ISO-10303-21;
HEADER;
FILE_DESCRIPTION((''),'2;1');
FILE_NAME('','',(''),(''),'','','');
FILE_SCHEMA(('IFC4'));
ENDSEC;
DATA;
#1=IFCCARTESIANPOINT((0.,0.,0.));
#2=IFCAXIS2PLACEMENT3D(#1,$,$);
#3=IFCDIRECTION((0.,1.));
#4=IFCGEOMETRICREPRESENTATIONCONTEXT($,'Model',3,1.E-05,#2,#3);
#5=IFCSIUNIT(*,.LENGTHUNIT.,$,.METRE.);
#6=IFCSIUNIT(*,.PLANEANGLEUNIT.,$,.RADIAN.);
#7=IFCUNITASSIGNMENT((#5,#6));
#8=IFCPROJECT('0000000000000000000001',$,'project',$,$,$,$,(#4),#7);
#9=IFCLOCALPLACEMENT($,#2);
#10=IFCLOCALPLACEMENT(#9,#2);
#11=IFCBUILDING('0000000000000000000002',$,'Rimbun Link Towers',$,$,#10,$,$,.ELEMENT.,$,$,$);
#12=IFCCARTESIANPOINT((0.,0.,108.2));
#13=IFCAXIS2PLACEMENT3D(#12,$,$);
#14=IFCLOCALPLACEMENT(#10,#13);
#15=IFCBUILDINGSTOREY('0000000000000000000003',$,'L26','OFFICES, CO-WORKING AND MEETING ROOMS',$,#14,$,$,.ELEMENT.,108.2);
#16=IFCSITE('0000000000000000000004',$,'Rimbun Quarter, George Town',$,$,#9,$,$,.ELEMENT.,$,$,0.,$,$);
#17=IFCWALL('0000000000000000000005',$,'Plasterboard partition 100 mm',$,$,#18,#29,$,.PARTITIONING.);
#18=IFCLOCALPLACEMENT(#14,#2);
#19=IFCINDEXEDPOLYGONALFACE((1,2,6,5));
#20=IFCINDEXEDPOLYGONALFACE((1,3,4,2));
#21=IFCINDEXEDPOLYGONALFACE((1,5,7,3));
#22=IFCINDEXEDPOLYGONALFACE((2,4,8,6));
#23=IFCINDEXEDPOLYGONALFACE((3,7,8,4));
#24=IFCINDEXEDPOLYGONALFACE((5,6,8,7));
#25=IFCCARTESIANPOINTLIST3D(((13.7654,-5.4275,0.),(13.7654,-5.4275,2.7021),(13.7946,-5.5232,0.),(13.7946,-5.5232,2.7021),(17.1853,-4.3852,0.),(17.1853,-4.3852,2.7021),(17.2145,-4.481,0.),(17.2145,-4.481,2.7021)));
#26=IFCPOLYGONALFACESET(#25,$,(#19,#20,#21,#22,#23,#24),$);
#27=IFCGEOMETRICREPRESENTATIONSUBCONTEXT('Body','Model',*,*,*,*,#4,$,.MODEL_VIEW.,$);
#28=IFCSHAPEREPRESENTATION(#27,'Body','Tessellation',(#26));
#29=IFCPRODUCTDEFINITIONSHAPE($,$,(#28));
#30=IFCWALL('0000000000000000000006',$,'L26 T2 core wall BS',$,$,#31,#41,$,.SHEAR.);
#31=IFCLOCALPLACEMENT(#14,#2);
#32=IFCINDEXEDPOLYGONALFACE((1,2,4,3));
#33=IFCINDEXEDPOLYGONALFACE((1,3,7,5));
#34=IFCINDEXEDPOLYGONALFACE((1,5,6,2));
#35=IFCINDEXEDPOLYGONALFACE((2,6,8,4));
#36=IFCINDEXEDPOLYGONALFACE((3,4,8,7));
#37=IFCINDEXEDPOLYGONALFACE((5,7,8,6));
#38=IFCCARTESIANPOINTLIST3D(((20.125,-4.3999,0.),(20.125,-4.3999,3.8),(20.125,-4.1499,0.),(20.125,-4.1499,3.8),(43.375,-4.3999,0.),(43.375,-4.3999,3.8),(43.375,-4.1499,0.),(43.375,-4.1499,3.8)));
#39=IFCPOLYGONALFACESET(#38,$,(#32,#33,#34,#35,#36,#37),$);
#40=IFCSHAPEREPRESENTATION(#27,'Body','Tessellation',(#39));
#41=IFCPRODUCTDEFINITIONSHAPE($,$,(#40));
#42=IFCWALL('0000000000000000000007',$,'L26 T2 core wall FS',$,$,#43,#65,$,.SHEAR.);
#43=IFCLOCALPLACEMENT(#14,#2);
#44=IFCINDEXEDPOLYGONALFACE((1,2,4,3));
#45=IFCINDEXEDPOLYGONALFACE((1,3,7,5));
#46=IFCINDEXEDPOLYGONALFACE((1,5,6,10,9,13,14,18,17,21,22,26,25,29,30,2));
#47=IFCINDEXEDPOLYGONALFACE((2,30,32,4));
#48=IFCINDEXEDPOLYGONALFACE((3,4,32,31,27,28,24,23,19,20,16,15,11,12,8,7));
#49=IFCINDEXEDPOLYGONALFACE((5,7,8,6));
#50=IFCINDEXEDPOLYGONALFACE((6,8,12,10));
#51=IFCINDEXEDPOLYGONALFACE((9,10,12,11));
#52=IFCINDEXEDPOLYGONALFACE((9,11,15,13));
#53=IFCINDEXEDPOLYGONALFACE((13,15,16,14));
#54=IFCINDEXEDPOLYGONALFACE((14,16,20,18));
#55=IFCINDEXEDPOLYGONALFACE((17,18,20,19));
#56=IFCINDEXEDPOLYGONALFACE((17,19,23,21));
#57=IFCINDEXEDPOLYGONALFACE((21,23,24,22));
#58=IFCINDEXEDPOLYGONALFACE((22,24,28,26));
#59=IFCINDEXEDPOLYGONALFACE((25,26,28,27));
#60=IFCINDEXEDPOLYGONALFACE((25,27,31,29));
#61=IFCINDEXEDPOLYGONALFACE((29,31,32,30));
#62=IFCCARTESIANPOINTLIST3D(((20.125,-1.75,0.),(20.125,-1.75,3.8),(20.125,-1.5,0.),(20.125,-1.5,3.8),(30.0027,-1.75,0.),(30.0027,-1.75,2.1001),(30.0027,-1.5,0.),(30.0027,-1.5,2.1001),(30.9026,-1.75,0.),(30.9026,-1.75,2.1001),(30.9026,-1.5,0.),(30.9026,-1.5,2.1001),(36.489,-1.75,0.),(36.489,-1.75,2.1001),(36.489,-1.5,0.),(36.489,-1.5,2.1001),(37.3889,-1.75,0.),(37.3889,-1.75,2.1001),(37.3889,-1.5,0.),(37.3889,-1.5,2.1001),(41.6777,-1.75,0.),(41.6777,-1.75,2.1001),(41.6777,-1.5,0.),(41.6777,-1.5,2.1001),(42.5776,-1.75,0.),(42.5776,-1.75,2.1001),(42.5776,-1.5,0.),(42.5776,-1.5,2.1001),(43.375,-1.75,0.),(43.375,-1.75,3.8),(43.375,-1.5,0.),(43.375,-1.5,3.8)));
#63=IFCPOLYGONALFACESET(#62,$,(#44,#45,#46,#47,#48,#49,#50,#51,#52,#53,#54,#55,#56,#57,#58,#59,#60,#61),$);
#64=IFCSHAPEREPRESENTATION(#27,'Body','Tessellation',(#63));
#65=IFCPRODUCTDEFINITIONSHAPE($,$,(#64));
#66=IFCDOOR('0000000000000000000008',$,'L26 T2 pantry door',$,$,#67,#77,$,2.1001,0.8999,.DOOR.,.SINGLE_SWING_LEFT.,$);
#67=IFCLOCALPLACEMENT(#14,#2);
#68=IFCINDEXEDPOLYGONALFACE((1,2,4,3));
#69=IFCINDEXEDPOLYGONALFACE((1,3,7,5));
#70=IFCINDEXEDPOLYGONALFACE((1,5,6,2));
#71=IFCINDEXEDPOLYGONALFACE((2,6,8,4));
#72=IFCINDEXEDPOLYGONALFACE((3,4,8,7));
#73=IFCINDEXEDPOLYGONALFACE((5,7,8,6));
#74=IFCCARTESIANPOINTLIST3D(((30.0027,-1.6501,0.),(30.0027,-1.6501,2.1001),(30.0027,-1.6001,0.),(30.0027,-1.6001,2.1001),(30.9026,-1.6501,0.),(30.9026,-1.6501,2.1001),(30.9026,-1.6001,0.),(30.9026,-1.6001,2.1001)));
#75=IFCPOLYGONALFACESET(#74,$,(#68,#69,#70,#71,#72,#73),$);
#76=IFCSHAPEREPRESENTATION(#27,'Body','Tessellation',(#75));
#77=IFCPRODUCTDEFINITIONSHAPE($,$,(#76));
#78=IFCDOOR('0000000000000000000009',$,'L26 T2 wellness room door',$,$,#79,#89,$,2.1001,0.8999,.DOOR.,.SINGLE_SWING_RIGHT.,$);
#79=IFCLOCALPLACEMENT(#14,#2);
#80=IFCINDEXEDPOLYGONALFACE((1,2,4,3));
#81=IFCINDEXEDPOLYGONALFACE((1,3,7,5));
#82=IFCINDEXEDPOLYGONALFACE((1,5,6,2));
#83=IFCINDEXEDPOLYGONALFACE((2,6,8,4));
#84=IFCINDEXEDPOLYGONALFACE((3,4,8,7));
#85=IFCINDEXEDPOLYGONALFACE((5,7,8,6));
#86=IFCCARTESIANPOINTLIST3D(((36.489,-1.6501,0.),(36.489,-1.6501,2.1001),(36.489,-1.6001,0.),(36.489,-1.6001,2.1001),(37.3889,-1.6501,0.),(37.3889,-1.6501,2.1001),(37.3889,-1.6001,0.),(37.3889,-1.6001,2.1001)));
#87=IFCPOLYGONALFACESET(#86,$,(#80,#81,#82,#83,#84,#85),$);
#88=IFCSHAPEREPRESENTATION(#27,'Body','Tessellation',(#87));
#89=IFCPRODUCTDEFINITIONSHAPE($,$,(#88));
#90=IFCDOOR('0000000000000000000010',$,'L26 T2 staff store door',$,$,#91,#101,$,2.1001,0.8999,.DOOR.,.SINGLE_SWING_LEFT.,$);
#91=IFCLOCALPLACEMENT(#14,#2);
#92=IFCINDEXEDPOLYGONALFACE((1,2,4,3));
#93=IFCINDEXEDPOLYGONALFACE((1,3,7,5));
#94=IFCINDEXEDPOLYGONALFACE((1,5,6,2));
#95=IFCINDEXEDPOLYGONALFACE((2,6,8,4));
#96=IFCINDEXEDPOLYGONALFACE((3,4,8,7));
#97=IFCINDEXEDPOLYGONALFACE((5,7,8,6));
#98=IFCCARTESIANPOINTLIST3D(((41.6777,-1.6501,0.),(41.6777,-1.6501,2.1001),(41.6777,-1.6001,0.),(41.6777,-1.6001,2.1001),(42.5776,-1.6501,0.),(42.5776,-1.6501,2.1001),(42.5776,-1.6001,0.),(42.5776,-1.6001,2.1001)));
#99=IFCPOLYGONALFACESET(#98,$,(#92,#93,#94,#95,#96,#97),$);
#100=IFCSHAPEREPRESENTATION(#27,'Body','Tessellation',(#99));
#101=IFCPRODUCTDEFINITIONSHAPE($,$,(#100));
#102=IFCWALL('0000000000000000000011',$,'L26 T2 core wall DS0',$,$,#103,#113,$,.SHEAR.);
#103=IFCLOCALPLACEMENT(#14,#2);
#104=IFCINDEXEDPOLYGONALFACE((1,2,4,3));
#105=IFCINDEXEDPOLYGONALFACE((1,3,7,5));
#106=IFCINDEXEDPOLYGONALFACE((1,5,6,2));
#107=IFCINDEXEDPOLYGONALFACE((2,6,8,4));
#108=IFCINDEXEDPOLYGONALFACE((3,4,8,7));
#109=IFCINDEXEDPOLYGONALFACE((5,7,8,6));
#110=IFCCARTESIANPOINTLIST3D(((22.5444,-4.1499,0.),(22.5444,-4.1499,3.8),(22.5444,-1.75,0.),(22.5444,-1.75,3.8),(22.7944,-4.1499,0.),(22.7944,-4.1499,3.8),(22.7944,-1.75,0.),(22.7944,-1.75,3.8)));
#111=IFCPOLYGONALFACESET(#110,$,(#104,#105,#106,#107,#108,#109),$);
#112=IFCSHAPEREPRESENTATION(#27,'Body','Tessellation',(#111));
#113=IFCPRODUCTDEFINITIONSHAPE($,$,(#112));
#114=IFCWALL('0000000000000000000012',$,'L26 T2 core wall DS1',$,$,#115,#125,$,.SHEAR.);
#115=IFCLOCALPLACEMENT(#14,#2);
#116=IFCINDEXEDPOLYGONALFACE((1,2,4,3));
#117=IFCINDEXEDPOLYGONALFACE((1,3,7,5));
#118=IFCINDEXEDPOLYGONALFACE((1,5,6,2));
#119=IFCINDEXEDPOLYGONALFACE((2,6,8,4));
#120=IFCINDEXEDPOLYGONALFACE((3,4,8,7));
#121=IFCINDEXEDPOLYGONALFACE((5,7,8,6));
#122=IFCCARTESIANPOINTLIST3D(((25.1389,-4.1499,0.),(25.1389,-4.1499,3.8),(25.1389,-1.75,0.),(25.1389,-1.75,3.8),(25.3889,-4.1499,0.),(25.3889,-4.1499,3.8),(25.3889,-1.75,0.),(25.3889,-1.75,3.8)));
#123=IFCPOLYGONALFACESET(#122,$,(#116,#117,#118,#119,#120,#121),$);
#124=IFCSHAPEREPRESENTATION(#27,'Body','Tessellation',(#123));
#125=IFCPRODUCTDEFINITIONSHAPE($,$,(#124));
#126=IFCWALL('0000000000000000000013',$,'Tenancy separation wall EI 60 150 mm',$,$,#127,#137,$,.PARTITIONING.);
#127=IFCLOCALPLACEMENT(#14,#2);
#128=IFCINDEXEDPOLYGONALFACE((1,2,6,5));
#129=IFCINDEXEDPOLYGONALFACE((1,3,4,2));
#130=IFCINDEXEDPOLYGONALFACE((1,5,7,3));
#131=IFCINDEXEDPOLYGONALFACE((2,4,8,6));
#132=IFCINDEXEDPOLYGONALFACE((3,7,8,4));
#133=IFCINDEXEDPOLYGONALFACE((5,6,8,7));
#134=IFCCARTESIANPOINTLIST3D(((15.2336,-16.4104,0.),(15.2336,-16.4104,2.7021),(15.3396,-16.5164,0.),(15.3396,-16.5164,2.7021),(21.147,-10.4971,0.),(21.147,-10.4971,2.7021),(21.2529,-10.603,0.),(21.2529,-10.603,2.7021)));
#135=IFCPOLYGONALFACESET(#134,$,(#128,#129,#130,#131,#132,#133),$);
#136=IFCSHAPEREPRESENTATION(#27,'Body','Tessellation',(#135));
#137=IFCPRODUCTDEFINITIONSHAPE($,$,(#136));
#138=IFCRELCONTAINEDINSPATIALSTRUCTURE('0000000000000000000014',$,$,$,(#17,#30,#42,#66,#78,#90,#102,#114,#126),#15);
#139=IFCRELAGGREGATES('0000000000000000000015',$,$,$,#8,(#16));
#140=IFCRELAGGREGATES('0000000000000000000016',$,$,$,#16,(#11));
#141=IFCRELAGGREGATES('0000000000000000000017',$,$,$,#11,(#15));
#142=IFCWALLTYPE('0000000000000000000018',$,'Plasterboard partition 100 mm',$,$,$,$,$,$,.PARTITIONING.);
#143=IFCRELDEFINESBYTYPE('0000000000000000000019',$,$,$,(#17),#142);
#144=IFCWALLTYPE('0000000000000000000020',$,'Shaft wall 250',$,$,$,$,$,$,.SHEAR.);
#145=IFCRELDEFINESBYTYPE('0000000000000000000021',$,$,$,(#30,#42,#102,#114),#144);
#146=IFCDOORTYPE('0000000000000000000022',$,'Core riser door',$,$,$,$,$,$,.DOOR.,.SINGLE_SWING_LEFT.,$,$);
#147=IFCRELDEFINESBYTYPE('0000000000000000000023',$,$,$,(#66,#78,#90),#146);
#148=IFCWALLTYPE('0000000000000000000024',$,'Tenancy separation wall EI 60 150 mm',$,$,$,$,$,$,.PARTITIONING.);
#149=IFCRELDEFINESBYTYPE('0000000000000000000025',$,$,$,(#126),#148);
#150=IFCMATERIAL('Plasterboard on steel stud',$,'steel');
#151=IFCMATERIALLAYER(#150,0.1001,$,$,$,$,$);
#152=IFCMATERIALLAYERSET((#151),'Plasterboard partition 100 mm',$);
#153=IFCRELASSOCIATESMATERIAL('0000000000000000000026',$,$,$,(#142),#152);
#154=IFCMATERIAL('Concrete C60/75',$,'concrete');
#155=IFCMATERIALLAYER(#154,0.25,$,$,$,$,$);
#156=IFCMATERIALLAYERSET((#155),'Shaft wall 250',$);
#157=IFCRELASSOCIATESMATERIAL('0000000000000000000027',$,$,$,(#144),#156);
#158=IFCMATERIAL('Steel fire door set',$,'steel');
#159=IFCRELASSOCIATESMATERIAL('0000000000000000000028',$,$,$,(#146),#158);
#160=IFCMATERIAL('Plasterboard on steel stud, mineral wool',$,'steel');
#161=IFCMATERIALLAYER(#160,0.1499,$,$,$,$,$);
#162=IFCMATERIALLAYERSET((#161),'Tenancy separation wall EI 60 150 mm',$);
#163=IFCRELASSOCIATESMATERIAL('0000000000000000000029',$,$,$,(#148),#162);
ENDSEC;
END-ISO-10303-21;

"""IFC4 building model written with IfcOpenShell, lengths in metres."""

from ifc_helpers import new_model, si_unit, direction, frame, frame_2d, origin, place, context, subcontext, project, spatial, rectangle, extrude, material, layer, layer_set, type_object, element, fill, save


model = new_model("IFC4")

# Units and contexts
model_context = context("Model", 3, precision=1e-05, world=origin(), true_north=direction((0.0, 1.0)))
body_context = subcontext(model_context, "Body", "Model", "MODEL_VIEW")
ifc_project = project(units=[si_unit("LENGTHUNIT", "METRE"), si_unit("PLANEANGLEUNIT", "RADIAN")], contexts=[model_context])

# Site, building, storey
site_placement = place(None, origin())
site = spatial("IfcSite", under=ifc_project, at=site_placement, Name="Rimbun Quarter, George Town", CompositionType="ELEMENT", RefElevation=0.0)
building_placement = place(site_placement, origin())
building = spatial("IfcBuilding", under=site, at=building_placement, Name="Rimbun Link Towers", CompositionType="ELEMENT")
storey_placement = place(building_placement, frame((0.0, 0.0, 108.2)))
storey = spatial("IfcBuildingStorey", under=building, at=storey_placement, Name="L26", Description="OFFICES, CO-WORKING AND MEETING ROOMS", CompositionType="ELEMENT", Elevation=108.2)

# Walls
ifc_material_1 = material(Name="Plasterboard on steel stud", Category="steel")
ifc_layer_1 = layer(ifc_material_1, 0.1001)
ifc_layer_set_1 = layer_set([ifc_layer_1], Name="Plasterboard partition 100 mm")
wall_type_1 = type_object("IfcWallType", Name="Plasterboard partition 100 mm", PredefinedType="PARTITIONING", material=ifc_layer_set_1)
wall_1_placement = place(storey_placement, frame((13.78, -5.4753, 0.0), z_axis=(0.0, 0.0, 1.0), x_axis=(0.956565, 0.291518, 0.0)))
element("IfcWall", 1, at=wall_1_placement, inside=storey, type_object=wall_type_1, Name="Plasterboard partition 100 mm", PredefinedType="PARTITIONING", context=body_context, shape_type="SweptSolid", body=[
    extrude(rectangle(XDim=3.5752, YDim=0.1001, at=frame_2d((1.7876, 0.0))), origin(), (0.0, 0.0, 1.0), 2.7021),
])
ifc_material_2 = material(Name="Concrete C60/75", Category="concrete")
ifc_layer_2 = layer(ifc_material_2, 0.25)
ifc_layer_set_2 = layer_set([ifc_layer_2], Name="Shaft wall 250")
wall_type_2 = type_object("IfcWallType", Name="Shaft wall 250", PredefinedType="SHEAR", material=ifc_layer_set_2)
wall_2_placement = place(storey_placement, frame((20.125, -4.2749, 0.0), z_axis=(0.0, 0.0, 1.0), x_axis=(1.0, 0.0, 0.0)))
element("IfcWall", 2, at=wall_2_placement, inside=storey, type_object=wall_type_2, Name="L26 T2 core wall BS", PredefinedType="SHEAR", context=body_context, shape_type="SweptSolid", body=[
    extrude(rectangle(XDim=23.25, YDim=0.25, at=frame_2d((11.625, 0.0))), origin(), (0.0, 0.0, 1.0), 3.8),
])

# Wall, openings, doors
wall_3_placement = place(storey_placement, frame((20.125, -1.625, 0.0), z_axis=(0.0, 0.0, 1.0), x_axis=(1.0, 0.0, 0.0)))
wall_3 = element("IfcWall", 3, at=wall_3_placement, inside=storey, type_object=wall_type_2, Name="L26 T2 core wall FS", PredefinedType="SHEAR", context=body_context, shape_type="SweptSolid", body=[
    extrude(rectangle(XDim=23.25, YDim=0.25, at=frame_2d((11.625, 0.0))), origin(), (0.0, 0.0, 1.0), 3.8),
])
opening_1_placement = place(wall_3_placement, frame((9.8777, 0.0, 0.0)))
opening_1 = element("IfcOpeningElement", 4, at=opening_1_placement, cuts=wall_3, PredefinedType="OPENING", context=body_context, shape_type="SweptSolid", body=[
    extrude(rectangle(XDim=0.8999, YDim=2.1001, at=frame_2d((0.45, 1.05))), frame((0.0, 0.135, 0.0), z_axis=(0.0, -1.0, 0.0), x_axis=(1.0, 0.0, 0.0)), (0.0, 0.0, 1.0), 0.27),
])
opening_2_placement = place(wall_3_placement, frame((16.364, 0.0, 0.0)))
opening_2 = element("IfcOpeningElement", 5, at=opening_2_placement, cuts=wall_3, PredefinedType="OPENING", context=body_context, shape_type="SweptSolid", body=[
    extrude(rectangle(XDim=0.8999, YDim=2.1001, at=frame_2d((0.45, 1.05))), frame((0.0, 0.135, 0.0), z_axis=(0.0, -1.0, 0.0), x_axis=(1.0, 0.0, 0.0)), (0.0, 0.0, 1.0), 0.27),
])
opening_3_placement = place(wall_3_placement, frame((21.5527, 0.0, 0.0)))
opening_3 = element("IfcOpeningElement", 6, at=opening_3_placement, cuts=wall_3, PredefinedType="OPENING", context=body_context, shape_type="SweptSolid", body=[
    extrude(rectangle(XDim=0.8999, YDim=2.1001, at=frame_2d((0.45, 1.05))), frame((0.0, 0.135, 0.0), z_axis=(0.0, -1.0, 0.0), x_axis=(1.0, 0.0, 0.0)), (0.0, 0.0, 1.0), 0.27),
])
ifc_material_3 = material(Name="Steel fire door set", Category="steel")
door_type_1 = type_object("IfcDoorType", Name="Core riser door", OperationType="SINGLE_SWING_LEFT", PredefinedType="DOOR", material=ifc_material_3)
door_1_placement = place(opening_1_placement, origin())
door_1 = element("IfcDoor", 7, at=door_1_placement, inside=storey, type_object=door_type_1, Name="L26 T2 pantry door", OperationType="SINGLE_SWING_LEFT", OverallHeight=2.1001, OverallWidth=0.8999, PredefinedType="DOOR", context=body_context, shape_type="SweptSolid", body=[
    extrude(rectangle(XDim=0.8999, YDim=2.1001, at=frame_2d((0.45, 1.05))), frame((0.0, 0.0249, 0.0), z_axis=(0.0, -1.0, 0.0), x_axis=(1.0, 0.0, 0.0)), (0.0, 0.0, 1.0), 0.05),
])
fill(opening_1, door_1)
door_2_placement = place(opening_2_placement, origin())
door_2 = element("IfcDoor", 8, at=door_2_placement, inside=storey, type_object=door_type_1, Name="L26 T2 wellness room door", OperationType="SINGLE_SWING_RIGHT", OverallHeight=2.1001, OverallWidth=0.8999, PredefinedType="DOOR", context=body_context, shape_type="SweptSolid", body=[
    extrude(rectangle(XDim=0.8999, YDim=2.1001, at=frame_2d((0.45, 1.05))), frame((0.0, 0.0249, 0.0), z_axis=(0.0, -1.0, 0.0), x_axis=(1.0, 0.0, 0.0)), (0.0, 0.0, 1.0), 0.05),
])
fill(opening_2, door_2)
door_3_placement = place(opening_3_placement, origin())
door_3 = element("IfcDoor", 9, at=door_3_placement, inside=storey, type_object=door_type_1, Name="L26 T2 staff store door", OperationType="SINGLE_SWING_LEFT", OverallHeight=2.1001, OverallWidth=0.8999, PredefinedType="DOOR", context=body_context, shape_type="SweptSolid", body=[
    extrude(rectangle(XDim=0.8999, YDim=2.1001, at=frame_2d((0.45, 1.05))), frame((0.0, 0.0249, 0.0), z_axis=(0.0, -1.0, 0.0), x_axis=(1.0, 0.0, 0.0)), (0.0, 0.0, 1.0), 0.05),
])
fill(opening_3, door_3)

# Walls
for number, where, z_axis, x_axis, name in (
    (10, (22.6694, -4.1499, 0.0), (0.0, 0.0, 1.0), (0.0, 1.0, 0.0), "L26 T2 core wall DS0"),
    (11, (25.2639, -4.1499, 0.0), (0.0, 0.0, 1.0), (0.0, 1.0, 0.0), "L26 T2 core wall DS1"),
):
    element("IfcWall", number, at=place(storey_placement, frame(where, z_axis=z_axis, x_axis=x_axis)), inside=storey, type_object=wall_type_2, Name=name, PredefinedType="SHEAR", context=body_context, shape_type="SweptSolid", body=[
        extrude(rectangle(XDim=2.3999, YDim=0.25, at=frame_2d((1.2, 0.0))), origin(), (0.0, 0.0, 1.0), 3.8),
    ])
ifc_material_4 = material(Name="Plasterboard on steel stud, mineral wool", Category="steel")
ifc_layer_3 = layer(ifc_material_4, 0.1499)
ifc_layer_set_3 = layer_set([ifc_layer_3], Name="Tenancy separation wall EI 60 150 mm")
wall_type_3 = type_object("IfcWallType", Name="Tenancy separation wall EI 60 150 mm", PredefinedType="PARTITIONING", material=ifc_layer_set_3)
wall_4_placement = place(storey_placement, frame((21.2, -10.55, 0.0), z_axis=(0.0, 0.0, 1.0), x_axis=(-0.707107, -0.707107, 0.0)))
element("IfcWall", 12, at=wall_4_placement, inside=storey, type_object=wall_type_3, Name="Tenancy separation wall EI 60 150 mm", PredefinedType="PARTITIONING", context=body_context, shape_type="SweptSolid", body=[
    extrude(rectangle(XDim=8.3628, YDim=0.1499, at=frame_2d((4.1814, 0.0))), origin(), (0.0, 0.0, 1.0), 2.7021),
])

save(model, "model.ifc")
